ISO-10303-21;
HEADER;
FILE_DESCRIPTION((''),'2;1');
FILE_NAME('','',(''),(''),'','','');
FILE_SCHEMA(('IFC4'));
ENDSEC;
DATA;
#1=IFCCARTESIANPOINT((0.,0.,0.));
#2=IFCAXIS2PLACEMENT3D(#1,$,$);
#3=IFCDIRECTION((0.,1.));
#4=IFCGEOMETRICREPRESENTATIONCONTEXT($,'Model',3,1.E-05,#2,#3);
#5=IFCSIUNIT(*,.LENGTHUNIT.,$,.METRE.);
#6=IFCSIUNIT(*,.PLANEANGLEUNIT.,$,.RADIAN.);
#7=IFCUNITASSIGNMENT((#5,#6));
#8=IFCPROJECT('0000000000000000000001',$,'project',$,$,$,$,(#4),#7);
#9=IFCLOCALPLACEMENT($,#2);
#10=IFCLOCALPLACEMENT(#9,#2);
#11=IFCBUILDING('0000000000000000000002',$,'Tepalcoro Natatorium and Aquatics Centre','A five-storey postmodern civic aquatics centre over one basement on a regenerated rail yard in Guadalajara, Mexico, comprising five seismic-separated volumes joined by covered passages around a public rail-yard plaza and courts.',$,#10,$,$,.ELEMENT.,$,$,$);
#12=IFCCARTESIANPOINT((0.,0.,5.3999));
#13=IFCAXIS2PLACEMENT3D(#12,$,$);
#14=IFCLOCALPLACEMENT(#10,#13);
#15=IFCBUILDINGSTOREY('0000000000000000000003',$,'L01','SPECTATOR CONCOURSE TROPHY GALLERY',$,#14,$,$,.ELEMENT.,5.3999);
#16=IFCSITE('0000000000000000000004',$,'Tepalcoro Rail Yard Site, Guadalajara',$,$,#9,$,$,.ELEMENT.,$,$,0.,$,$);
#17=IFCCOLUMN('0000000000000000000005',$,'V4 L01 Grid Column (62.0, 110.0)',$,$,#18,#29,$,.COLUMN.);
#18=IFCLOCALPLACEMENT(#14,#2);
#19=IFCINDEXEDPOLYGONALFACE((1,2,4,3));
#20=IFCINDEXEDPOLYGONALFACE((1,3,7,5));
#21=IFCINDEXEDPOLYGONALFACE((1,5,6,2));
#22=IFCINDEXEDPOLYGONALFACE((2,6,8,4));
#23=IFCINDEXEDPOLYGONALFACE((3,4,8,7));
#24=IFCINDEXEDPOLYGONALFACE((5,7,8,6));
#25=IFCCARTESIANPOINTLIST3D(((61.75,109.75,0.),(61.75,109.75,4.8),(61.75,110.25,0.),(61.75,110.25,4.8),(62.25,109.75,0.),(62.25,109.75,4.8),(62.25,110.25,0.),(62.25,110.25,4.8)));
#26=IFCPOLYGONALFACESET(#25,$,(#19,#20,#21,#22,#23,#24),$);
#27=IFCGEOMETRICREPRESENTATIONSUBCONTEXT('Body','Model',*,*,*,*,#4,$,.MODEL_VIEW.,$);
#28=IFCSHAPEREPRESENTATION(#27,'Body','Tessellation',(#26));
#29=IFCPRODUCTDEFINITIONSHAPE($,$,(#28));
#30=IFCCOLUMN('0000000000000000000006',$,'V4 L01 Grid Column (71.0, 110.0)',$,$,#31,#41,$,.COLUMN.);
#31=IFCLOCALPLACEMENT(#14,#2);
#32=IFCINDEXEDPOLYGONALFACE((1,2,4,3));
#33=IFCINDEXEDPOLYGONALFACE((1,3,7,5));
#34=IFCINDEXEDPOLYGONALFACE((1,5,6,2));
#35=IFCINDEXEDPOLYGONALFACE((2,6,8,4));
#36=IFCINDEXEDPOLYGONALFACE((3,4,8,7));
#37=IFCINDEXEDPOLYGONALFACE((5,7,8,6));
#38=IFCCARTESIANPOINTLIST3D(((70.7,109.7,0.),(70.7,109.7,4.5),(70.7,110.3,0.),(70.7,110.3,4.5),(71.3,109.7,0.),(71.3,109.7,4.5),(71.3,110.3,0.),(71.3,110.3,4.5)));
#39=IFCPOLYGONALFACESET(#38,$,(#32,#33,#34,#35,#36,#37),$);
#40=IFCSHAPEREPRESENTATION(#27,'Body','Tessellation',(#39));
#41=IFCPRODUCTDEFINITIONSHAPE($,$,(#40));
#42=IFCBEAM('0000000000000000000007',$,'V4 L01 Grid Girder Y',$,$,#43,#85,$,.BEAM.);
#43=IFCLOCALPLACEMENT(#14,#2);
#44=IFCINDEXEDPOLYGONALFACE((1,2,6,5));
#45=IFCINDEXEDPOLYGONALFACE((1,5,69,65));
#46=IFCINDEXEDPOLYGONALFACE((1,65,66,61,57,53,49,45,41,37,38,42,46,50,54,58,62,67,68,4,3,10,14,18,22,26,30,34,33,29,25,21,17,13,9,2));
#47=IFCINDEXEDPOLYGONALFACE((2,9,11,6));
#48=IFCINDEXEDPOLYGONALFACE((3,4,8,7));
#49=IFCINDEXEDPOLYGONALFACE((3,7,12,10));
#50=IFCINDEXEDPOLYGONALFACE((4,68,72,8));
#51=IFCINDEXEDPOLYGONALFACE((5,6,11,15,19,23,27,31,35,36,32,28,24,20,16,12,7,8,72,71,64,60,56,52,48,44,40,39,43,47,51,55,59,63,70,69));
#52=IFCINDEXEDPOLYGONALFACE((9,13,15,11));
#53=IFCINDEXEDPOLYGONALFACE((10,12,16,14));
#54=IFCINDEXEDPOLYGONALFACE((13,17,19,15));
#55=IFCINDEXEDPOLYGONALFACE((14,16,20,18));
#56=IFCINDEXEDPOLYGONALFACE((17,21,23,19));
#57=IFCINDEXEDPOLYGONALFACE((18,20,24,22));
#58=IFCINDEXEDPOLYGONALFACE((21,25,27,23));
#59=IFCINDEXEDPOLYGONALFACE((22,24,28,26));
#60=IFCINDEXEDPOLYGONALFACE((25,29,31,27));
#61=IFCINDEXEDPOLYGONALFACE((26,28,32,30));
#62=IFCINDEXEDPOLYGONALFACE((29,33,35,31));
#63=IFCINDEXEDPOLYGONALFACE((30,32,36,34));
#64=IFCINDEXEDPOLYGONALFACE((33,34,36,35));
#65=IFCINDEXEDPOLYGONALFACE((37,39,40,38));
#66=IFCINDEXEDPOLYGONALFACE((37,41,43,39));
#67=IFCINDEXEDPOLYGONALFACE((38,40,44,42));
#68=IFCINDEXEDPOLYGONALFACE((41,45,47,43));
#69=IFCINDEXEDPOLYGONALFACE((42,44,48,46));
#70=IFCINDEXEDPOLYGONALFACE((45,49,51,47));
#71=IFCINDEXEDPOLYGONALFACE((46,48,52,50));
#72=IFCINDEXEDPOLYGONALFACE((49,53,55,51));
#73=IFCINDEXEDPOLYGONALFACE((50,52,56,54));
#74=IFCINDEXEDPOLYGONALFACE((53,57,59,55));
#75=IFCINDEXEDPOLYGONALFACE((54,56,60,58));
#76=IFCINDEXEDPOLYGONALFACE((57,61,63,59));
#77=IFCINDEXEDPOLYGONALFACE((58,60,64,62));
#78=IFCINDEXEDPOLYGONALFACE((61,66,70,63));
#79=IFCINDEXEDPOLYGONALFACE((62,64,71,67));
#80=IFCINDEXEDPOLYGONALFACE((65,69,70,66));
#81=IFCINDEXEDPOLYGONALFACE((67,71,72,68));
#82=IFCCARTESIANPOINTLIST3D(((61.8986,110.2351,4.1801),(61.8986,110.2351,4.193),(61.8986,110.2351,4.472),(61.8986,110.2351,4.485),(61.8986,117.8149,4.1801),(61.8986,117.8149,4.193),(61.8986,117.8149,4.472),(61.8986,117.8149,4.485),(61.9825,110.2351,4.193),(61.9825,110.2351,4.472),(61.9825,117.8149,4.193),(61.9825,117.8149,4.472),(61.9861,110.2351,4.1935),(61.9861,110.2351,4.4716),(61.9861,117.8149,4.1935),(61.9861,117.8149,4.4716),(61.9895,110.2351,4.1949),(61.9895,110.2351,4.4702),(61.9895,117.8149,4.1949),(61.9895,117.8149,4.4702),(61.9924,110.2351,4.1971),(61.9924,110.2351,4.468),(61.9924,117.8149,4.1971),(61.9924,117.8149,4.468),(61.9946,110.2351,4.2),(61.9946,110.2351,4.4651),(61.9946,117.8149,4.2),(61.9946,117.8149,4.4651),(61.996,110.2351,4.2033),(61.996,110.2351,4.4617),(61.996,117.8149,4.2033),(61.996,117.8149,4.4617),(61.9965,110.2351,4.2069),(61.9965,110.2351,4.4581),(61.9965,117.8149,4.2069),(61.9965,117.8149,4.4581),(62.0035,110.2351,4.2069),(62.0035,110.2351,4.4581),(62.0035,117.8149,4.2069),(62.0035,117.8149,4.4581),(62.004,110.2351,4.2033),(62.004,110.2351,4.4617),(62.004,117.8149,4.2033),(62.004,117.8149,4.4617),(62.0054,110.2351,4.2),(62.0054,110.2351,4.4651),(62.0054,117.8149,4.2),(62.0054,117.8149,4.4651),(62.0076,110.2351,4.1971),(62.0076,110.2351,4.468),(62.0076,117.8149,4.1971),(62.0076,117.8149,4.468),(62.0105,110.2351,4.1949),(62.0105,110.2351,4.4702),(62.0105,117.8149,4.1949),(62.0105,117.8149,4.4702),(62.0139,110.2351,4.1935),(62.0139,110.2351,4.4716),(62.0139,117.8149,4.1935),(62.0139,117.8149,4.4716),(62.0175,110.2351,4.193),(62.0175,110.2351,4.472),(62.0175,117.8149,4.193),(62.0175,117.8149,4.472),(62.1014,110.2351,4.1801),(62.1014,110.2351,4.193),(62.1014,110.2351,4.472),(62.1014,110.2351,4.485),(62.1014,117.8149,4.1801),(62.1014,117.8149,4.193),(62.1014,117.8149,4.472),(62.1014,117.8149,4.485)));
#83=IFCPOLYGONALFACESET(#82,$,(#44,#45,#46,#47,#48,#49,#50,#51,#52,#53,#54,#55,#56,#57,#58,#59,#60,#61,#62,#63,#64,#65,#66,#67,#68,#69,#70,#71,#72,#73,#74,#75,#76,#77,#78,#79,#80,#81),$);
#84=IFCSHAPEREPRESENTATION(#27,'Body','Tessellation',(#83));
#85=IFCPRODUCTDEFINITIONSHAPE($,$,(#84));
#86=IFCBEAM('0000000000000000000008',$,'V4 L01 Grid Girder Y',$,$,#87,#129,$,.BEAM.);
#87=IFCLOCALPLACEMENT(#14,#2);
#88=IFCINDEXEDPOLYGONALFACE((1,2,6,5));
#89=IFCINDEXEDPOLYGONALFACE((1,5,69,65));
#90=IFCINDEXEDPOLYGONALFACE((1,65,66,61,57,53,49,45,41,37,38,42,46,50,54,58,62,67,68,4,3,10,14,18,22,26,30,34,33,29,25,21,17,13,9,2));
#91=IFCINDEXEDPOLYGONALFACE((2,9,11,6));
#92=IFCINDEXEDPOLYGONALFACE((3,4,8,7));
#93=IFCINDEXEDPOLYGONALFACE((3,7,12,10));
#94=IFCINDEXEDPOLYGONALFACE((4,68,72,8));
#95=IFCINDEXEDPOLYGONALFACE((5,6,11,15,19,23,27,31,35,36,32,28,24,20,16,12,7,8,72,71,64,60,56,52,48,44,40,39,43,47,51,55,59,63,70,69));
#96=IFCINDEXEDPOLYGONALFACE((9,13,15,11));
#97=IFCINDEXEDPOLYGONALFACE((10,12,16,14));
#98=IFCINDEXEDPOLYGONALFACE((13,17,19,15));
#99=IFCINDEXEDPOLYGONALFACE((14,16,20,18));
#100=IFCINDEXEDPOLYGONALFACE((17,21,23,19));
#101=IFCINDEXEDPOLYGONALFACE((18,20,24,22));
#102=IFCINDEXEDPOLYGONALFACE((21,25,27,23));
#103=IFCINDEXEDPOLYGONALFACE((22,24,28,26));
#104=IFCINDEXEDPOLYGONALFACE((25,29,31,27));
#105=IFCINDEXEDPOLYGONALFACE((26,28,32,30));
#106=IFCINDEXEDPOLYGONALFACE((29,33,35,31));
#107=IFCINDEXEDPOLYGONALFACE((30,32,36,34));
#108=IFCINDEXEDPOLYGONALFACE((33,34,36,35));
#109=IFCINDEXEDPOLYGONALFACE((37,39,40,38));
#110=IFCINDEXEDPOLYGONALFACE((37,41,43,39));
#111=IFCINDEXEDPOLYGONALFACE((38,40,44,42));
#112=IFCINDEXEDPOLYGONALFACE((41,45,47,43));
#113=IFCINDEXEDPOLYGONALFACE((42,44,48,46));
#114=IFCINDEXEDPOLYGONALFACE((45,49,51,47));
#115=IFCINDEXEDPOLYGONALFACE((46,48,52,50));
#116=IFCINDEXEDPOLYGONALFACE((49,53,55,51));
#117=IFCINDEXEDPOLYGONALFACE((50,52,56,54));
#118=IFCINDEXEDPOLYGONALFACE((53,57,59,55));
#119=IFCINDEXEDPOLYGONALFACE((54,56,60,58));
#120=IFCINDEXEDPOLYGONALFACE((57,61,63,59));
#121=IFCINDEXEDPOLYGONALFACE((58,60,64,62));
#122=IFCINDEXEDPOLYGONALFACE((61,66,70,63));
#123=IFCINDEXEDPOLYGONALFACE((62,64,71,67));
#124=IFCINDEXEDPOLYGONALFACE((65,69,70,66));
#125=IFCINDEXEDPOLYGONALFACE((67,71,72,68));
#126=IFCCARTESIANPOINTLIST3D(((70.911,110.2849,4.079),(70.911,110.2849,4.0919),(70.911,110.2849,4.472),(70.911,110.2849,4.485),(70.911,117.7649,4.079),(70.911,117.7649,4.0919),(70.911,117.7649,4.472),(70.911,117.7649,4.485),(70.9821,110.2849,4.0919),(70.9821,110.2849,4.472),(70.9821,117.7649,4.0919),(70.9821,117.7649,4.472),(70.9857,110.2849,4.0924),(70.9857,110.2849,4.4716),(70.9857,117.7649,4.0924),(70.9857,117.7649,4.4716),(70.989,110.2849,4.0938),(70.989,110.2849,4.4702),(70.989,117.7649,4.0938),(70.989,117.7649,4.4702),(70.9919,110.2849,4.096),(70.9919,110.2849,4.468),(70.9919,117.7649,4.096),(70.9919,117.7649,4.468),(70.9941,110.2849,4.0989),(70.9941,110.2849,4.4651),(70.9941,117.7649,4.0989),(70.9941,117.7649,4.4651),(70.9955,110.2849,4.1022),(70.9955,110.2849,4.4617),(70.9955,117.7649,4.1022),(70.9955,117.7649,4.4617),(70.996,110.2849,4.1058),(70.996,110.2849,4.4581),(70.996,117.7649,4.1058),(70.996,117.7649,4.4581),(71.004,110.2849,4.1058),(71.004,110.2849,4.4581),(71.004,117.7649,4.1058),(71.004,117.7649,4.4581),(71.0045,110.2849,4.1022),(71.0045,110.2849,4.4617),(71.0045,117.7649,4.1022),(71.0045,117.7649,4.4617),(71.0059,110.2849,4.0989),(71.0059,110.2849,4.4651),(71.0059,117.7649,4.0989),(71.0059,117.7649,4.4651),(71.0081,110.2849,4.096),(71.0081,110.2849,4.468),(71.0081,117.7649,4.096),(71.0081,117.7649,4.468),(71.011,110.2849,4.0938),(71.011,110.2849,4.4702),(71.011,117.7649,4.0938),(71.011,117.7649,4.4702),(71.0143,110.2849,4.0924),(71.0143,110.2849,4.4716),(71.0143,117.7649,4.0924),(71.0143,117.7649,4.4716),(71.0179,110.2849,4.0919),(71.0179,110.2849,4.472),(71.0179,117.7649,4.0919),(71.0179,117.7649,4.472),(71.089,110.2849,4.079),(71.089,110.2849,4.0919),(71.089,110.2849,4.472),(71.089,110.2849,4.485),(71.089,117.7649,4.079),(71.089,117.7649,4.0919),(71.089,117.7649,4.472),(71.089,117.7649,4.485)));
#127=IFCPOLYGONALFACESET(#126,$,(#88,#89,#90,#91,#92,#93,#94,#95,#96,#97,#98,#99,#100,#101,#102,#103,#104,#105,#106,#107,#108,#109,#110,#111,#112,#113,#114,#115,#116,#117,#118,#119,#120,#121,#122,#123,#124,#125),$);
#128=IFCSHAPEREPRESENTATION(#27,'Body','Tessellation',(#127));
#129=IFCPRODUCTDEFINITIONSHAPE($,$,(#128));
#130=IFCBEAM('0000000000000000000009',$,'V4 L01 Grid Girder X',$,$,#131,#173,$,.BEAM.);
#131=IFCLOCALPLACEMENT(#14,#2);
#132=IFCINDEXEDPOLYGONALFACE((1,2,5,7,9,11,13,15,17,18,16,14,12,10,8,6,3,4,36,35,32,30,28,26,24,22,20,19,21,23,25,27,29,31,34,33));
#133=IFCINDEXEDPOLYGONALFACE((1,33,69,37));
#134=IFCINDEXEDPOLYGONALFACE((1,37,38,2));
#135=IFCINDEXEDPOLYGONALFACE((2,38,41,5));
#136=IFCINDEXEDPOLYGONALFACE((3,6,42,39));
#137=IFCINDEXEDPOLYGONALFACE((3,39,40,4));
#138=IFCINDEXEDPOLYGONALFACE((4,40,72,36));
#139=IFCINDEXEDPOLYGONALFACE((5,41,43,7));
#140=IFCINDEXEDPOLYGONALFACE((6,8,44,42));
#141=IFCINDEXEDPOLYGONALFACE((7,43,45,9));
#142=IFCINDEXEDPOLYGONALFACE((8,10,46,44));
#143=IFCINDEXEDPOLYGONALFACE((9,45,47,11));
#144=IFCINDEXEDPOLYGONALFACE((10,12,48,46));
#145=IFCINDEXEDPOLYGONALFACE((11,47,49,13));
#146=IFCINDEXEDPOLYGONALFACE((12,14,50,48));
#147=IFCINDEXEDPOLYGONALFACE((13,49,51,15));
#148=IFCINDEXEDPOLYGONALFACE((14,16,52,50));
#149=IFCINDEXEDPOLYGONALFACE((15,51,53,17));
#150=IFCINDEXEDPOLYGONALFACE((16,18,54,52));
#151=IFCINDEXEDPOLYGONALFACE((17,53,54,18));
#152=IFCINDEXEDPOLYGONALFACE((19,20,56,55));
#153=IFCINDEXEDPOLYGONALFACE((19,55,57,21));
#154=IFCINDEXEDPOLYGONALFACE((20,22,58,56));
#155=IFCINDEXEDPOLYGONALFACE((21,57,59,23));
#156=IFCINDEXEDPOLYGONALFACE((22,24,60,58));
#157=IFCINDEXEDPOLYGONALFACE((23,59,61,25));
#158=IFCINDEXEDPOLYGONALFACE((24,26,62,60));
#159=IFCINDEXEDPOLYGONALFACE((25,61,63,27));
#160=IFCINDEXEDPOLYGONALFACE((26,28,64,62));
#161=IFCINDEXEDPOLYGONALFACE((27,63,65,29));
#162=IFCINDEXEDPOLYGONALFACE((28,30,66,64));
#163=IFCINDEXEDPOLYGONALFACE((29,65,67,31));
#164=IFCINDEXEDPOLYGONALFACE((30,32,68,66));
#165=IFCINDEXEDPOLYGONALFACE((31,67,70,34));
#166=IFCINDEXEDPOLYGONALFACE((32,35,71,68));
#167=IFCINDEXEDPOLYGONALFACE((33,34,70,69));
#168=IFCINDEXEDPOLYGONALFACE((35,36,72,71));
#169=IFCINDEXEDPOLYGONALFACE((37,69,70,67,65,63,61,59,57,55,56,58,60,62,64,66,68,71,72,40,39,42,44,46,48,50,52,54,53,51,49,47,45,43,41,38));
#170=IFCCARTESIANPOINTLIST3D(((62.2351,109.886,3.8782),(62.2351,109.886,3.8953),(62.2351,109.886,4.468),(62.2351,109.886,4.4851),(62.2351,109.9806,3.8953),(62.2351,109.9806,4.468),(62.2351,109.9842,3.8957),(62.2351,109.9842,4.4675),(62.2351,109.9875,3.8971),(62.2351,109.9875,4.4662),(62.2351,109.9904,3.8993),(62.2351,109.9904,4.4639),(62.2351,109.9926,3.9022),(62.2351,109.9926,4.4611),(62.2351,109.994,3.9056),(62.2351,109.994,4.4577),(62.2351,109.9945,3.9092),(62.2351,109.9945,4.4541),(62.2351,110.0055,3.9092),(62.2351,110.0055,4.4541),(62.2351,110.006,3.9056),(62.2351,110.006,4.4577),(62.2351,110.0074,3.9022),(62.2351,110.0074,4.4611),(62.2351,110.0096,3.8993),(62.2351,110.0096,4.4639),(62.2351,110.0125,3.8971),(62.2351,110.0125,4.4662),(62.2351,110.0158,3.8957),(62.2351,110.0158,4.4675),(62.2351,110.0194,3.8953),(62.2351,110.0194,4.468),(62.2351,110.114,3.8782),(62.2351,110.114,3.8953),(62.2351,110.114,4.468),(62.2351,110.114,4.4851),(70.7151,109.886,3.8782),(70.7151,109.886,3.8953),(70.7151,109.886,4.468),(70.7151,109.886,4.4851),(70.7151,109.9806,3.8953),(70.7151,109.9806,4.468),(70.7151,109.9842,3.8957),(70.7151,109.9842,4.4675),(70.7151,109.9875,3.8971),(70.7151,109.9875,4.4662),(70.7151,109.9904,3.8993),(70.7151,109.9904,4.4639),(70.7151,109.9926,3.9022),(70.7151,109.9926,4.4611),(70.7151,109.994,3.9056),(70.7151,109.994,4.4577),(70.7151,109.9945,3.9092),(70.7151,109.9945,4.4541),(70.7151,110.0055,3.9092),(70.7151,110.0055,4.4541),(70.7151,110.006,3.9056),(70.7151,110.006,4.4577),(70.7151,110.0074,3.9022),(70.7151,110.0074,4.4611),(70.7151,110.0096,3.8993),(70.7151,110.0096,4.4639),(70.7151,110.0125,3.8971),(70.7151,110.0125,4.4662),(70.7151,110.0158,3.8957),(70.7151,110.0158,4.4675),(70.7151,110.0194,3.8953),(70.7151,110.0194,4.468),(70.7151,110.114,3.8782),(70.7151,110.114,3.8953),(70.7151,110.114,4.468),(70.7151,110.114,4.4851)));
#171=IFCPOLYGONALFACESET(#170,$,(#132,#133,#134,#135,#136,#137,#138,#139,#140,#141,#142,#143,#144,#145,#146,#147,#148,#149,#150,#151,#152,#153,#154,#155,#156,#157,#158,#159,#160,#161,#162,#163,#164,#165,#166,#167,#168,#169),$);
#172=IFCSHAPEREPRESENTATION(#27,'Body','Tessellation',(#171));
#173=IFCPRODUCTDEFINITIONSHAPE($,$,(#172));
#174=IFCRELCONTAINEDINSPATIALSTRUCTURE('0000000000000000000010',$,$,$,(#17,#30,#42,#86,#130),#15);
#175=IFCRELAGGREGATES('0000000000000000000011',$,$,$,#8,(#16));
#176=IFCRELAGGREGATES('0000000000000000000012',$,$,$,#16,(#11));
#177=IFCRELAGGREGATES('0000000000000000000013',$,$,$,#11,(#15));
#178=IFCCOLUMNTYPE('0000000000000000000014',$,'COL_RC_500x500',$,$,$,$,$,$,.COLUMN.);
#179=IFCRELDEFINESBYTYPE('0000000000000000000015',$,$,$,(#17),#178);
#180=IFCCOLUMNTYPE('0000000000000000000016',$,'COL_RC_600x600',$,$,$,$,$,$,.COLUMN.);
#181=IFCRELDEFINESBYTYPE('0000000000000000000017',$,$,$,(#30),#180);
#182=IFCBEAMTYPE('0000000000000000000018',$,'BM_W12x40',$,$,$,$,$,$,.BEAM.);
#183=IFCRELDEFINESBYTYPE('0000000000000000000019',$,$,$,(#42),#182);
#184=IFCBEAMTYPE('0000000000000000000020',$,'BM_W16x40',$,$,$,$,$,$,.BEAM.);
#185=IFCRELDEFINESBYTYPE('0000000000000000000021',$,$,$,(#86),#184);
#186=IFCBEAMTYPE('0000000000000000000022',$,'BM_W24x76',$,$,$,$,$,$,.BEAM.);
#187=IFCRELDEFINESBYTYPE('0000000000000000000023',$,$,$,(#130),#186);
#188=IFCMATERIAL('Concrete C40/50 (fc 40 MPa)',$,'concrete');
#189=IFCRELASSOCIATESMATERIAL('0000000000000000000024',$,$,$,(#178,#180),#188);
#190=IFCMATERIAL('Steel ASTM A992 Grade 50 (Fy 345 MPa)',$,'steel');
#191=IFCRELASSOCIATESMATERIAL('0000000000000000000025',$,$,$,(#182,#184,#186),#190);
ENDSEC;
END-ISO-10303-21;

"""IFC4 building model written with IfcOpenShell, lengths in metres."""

from ifc_helpers import new_model, si_unit, direction, frame, origin, origin_2d, place, context, subcontext, project, spatial, rectangle, i_section, extrude, material, material_profile, profile_set, type_object, element, save


model = new_model("IFC4")

# Units and contexts
model_context = context("Model", 3, precision=1e-05, world=origin(), true_north=direction((0.0, 1.0)))
body_context = subcontext(model_context, "Body", "Model", "MODEL_VIEW")
ifc_project = project(units=[si_unit("LENGTHUNIT", "METRE"), si_unit("PLANEANGLEUNIT", "RADIAN")], contexts=[model_context])

# Site, building, storey
site_placement = place(None, origin())
site = spatial("IfcSite", under=ifc_project, at=site_placement, Name="Tepalcoro Rail Yard Site, Guadalajara", CompositionType="ELEMENT", RefElevation=0.0)
building_placement = place(site_placement, origin())
building = spatial("IfcBuilding", under=site, at=building_placement, Name="Tepalcoro Natatorium and Aquatics Centre", Description="A five-storey postmodern civic aquatics centre over one basement on a regenerated rail yard in Guadalajara, Mexico, comprising five seismic-separated volumes joined by covered passages around a public rail-yard plaza and courts.", CompositionType="ELEMENT")
storey_placement = place(building_placement, frame((0.0, 0.0, 5.3999)))
storey = spatial("IfcBuildingStorey", under=building, at=storey_placement, Name="L01", Description="SPECTATOR CONCOURSE TROPHY GALLERY", CompositionType="ELEMENT", Elevation=5.3999)

# Columns
ifc_material_1 = material(Name="Concrete C40/50 (fc 40 MPa)", Category="concrete")
ifc_material_profile_1 = material_profile(ifc_material_1, rectangle(XDim=0.5, YDim=0.5, at=origin_2d()), Name="RC500x500")
ifc_profile_set_1 = profile_set([ifc_material_profile_1], Name="Concrete C40/50 (fc 40 MPa)")
column_type_1 = type_object("IfcColumnType", Name="COL_RC_500x500", PredefinedType="COLUMN", material=ifc_profile_set_1)
column_1_placement = place(storey_placement, frame((62.0, 110.0, 0.0), z_axis=(0.0, 0.0, 1.0), x_axis=(1.0, 0.0, 0.0)))
element("IfcColumn", 1, at=column_1_placement, inside=storey, type_object=column_type_1, Name="V4 L01 Grid Column (62.0, 110.0)", PredefinedType="COLUMN", context=body_context, shape_type="SweptSolid", body=[
    extrude(rectangle(XDim=0.5, YDim=0.5, at=origin_2d()), origin(), (0.0, 0.0, 1.0), 4.8),
])
ifc_material_profile_2 = material_profile(ifc_material_1, rectangle(XDim=0.6001, YDim=0.6001, at=origin_2d()), Name="RC600x600")
ifc_profile_set_2 = profile_set([ifc_material_profile_2], Name="Concrete C40/50 (fc 40 MPa)")
column_type_2 = type_object("IfcColumnType", Name="COL_RC_600x600", PredefinedType="COLUMN", material=ifc_profile_set_2)
column_2_placement = place(storey_placement, frame((71.0, 110.0, 0.0), z_axis=(0.0, 0.0, 1.0), x_axis=(1.0, 0.0, 0.0)))
element("IfcColumn", 2, at=column_2_placement, inside=storey, type_object=column_type_2, Name="V4 L01 Grid Column (71.0, 110.0)", PredefinedType="COLUMN", context=body_context, shape_type="SweptSolid", body=[
    extrude(rectangle(XDim=0.6001, YDim=0.6001, at=origin_2d()), origin(), (0.0, 0.0, 1.0), 4.5),
])

# Beams
ifc_material_2 = material(Name="Steel ASTM A992 Grade 50 (Fy 345 MPa)", Category="steel")
ifc_material_profile_3 = material_profile(ifc_material_2, i_section(OverallWidth=0.2029, OverallDepth=0.3049, WebThickness=0.0071, FlangeThickness=0.0129, FilletRadius=0.0139, at=origin_2d()), Name="W12X40")
ifc_profile_set_3 = profile_set([ifc_material_profile_3], Name="Steel ASTM A992 Grade 50 (Fy 345 MPa)")
beam_type_1 = type_object("IfcBeamType", Name="BM_W12x40", PredefinedType="BEAM", material=ifc_profile_set_3)
beam_1_placement = place(storey_placement, frame((62.0, 110.2351, 4.3325), z_axis=(0.0, 1.0, 0.0), x_axis=(-1.0, 0.0, 0.0)))
element("IfcBeam", 3, at=beam_1_placement, inside=storey, type_object=beam_type_1, Name="V4 L01 Grid Girder Y", PredefinedType="BEAM", context=body_context, shape_type="SweptSolid", body=[
    extrude(i_section(OverallWidth=0.2029, OverallDepth=0.3049, WebThickness=0.0071, FlangeThickness=0.0129, FilletRadius=0.0139, at=origin_2d()), origin(), (0.0, 0.0, 1.0), 7.5798),
])
ifc_material_profile_4 = material_profile(ifc_material_2, i_section(OverallWidth=0.178, OverallDepth=0.406, WebThickness=0.0081, FlangeThickness=0.0129, FilletRadius=0.0139, at=origin_2d()), Name="W16X40")
ifc_profile_set_4 = profile_set([ifc_material_profile_4], Name="Steel ASTM A992 Grade 50 (Fy 345 MPa)")
beam_type_2 = type_object("IfcBeamType", Name="BM_W16x40", PredefinedType="BEAM", material=ifc_profile_set_4)
beam_2_placement = place(storey_placement, frame((71.0, 110.2849, 4.282), z_axis=(0.0, 1.0, 0.0), x_axis=(-1.0, 0.0, 0.0)))
element("IfcBeam", 4, at=beam_2_placement, inside=storey, type_object=beam_type_2, Name="V4 L01 Grid Girder Y", PredefinedType="BEAM", context=body_context, shape_type="SweptSolid", body=[
    extrude(i_section(OverallWidth=0.178, OverallDepth=0.406, WebThickness=0.0081, FlangeThickness=0.0129, FilletRadius=0.0139, at=origin_2d()), origin(), (0.0, 0.0, 1.0), 7.48),
])
ifc_material_profile_5 = material_profile(ifc_material_2, i_section(OverallWidth=0.228, OverallDepth=0.6069, WebThickness=0.011, FlangeThickness=0.0171, FilletRadius=0.0139, at=origin_2d()), Name="W24X76")
ifc_profile_set_5 = profile_set([ifc_material_profile_5], Name="Steel ASTM A992 Grade 50 (Fy 345 MPa)")
beam_type_3 = type_object("IfcBeamType", Name="BM_W24x76", PredefinedType="BEAM", material=ifc_profile_set_5)
beam_3_placement = place(storey_placement, frame((62.2351, 110.0, 4.1816), z_axis=(1.0, 0.0, 0.0), x_axis=(0.0, 1.0, 0.0)))
element("IfcBeam", 5, at=beam_3_placement, inside=storey, type_object=beam_type_3, Name="V4 L01 Grid Girder X", PredefinedType="BEAM", context=body_context, shape_type="SweptSolid", body=[
    extrude(i_section(OverallWidth=0.228, OverallDepth=0.6069, WebThickness=0.011, FlangeThickness=0.0171, FilletRadius=0.0139, at=origin_2d()), origin(), (0.0, 0.0, 1.0), 8.48),
])

save(model, "model.ifc")
